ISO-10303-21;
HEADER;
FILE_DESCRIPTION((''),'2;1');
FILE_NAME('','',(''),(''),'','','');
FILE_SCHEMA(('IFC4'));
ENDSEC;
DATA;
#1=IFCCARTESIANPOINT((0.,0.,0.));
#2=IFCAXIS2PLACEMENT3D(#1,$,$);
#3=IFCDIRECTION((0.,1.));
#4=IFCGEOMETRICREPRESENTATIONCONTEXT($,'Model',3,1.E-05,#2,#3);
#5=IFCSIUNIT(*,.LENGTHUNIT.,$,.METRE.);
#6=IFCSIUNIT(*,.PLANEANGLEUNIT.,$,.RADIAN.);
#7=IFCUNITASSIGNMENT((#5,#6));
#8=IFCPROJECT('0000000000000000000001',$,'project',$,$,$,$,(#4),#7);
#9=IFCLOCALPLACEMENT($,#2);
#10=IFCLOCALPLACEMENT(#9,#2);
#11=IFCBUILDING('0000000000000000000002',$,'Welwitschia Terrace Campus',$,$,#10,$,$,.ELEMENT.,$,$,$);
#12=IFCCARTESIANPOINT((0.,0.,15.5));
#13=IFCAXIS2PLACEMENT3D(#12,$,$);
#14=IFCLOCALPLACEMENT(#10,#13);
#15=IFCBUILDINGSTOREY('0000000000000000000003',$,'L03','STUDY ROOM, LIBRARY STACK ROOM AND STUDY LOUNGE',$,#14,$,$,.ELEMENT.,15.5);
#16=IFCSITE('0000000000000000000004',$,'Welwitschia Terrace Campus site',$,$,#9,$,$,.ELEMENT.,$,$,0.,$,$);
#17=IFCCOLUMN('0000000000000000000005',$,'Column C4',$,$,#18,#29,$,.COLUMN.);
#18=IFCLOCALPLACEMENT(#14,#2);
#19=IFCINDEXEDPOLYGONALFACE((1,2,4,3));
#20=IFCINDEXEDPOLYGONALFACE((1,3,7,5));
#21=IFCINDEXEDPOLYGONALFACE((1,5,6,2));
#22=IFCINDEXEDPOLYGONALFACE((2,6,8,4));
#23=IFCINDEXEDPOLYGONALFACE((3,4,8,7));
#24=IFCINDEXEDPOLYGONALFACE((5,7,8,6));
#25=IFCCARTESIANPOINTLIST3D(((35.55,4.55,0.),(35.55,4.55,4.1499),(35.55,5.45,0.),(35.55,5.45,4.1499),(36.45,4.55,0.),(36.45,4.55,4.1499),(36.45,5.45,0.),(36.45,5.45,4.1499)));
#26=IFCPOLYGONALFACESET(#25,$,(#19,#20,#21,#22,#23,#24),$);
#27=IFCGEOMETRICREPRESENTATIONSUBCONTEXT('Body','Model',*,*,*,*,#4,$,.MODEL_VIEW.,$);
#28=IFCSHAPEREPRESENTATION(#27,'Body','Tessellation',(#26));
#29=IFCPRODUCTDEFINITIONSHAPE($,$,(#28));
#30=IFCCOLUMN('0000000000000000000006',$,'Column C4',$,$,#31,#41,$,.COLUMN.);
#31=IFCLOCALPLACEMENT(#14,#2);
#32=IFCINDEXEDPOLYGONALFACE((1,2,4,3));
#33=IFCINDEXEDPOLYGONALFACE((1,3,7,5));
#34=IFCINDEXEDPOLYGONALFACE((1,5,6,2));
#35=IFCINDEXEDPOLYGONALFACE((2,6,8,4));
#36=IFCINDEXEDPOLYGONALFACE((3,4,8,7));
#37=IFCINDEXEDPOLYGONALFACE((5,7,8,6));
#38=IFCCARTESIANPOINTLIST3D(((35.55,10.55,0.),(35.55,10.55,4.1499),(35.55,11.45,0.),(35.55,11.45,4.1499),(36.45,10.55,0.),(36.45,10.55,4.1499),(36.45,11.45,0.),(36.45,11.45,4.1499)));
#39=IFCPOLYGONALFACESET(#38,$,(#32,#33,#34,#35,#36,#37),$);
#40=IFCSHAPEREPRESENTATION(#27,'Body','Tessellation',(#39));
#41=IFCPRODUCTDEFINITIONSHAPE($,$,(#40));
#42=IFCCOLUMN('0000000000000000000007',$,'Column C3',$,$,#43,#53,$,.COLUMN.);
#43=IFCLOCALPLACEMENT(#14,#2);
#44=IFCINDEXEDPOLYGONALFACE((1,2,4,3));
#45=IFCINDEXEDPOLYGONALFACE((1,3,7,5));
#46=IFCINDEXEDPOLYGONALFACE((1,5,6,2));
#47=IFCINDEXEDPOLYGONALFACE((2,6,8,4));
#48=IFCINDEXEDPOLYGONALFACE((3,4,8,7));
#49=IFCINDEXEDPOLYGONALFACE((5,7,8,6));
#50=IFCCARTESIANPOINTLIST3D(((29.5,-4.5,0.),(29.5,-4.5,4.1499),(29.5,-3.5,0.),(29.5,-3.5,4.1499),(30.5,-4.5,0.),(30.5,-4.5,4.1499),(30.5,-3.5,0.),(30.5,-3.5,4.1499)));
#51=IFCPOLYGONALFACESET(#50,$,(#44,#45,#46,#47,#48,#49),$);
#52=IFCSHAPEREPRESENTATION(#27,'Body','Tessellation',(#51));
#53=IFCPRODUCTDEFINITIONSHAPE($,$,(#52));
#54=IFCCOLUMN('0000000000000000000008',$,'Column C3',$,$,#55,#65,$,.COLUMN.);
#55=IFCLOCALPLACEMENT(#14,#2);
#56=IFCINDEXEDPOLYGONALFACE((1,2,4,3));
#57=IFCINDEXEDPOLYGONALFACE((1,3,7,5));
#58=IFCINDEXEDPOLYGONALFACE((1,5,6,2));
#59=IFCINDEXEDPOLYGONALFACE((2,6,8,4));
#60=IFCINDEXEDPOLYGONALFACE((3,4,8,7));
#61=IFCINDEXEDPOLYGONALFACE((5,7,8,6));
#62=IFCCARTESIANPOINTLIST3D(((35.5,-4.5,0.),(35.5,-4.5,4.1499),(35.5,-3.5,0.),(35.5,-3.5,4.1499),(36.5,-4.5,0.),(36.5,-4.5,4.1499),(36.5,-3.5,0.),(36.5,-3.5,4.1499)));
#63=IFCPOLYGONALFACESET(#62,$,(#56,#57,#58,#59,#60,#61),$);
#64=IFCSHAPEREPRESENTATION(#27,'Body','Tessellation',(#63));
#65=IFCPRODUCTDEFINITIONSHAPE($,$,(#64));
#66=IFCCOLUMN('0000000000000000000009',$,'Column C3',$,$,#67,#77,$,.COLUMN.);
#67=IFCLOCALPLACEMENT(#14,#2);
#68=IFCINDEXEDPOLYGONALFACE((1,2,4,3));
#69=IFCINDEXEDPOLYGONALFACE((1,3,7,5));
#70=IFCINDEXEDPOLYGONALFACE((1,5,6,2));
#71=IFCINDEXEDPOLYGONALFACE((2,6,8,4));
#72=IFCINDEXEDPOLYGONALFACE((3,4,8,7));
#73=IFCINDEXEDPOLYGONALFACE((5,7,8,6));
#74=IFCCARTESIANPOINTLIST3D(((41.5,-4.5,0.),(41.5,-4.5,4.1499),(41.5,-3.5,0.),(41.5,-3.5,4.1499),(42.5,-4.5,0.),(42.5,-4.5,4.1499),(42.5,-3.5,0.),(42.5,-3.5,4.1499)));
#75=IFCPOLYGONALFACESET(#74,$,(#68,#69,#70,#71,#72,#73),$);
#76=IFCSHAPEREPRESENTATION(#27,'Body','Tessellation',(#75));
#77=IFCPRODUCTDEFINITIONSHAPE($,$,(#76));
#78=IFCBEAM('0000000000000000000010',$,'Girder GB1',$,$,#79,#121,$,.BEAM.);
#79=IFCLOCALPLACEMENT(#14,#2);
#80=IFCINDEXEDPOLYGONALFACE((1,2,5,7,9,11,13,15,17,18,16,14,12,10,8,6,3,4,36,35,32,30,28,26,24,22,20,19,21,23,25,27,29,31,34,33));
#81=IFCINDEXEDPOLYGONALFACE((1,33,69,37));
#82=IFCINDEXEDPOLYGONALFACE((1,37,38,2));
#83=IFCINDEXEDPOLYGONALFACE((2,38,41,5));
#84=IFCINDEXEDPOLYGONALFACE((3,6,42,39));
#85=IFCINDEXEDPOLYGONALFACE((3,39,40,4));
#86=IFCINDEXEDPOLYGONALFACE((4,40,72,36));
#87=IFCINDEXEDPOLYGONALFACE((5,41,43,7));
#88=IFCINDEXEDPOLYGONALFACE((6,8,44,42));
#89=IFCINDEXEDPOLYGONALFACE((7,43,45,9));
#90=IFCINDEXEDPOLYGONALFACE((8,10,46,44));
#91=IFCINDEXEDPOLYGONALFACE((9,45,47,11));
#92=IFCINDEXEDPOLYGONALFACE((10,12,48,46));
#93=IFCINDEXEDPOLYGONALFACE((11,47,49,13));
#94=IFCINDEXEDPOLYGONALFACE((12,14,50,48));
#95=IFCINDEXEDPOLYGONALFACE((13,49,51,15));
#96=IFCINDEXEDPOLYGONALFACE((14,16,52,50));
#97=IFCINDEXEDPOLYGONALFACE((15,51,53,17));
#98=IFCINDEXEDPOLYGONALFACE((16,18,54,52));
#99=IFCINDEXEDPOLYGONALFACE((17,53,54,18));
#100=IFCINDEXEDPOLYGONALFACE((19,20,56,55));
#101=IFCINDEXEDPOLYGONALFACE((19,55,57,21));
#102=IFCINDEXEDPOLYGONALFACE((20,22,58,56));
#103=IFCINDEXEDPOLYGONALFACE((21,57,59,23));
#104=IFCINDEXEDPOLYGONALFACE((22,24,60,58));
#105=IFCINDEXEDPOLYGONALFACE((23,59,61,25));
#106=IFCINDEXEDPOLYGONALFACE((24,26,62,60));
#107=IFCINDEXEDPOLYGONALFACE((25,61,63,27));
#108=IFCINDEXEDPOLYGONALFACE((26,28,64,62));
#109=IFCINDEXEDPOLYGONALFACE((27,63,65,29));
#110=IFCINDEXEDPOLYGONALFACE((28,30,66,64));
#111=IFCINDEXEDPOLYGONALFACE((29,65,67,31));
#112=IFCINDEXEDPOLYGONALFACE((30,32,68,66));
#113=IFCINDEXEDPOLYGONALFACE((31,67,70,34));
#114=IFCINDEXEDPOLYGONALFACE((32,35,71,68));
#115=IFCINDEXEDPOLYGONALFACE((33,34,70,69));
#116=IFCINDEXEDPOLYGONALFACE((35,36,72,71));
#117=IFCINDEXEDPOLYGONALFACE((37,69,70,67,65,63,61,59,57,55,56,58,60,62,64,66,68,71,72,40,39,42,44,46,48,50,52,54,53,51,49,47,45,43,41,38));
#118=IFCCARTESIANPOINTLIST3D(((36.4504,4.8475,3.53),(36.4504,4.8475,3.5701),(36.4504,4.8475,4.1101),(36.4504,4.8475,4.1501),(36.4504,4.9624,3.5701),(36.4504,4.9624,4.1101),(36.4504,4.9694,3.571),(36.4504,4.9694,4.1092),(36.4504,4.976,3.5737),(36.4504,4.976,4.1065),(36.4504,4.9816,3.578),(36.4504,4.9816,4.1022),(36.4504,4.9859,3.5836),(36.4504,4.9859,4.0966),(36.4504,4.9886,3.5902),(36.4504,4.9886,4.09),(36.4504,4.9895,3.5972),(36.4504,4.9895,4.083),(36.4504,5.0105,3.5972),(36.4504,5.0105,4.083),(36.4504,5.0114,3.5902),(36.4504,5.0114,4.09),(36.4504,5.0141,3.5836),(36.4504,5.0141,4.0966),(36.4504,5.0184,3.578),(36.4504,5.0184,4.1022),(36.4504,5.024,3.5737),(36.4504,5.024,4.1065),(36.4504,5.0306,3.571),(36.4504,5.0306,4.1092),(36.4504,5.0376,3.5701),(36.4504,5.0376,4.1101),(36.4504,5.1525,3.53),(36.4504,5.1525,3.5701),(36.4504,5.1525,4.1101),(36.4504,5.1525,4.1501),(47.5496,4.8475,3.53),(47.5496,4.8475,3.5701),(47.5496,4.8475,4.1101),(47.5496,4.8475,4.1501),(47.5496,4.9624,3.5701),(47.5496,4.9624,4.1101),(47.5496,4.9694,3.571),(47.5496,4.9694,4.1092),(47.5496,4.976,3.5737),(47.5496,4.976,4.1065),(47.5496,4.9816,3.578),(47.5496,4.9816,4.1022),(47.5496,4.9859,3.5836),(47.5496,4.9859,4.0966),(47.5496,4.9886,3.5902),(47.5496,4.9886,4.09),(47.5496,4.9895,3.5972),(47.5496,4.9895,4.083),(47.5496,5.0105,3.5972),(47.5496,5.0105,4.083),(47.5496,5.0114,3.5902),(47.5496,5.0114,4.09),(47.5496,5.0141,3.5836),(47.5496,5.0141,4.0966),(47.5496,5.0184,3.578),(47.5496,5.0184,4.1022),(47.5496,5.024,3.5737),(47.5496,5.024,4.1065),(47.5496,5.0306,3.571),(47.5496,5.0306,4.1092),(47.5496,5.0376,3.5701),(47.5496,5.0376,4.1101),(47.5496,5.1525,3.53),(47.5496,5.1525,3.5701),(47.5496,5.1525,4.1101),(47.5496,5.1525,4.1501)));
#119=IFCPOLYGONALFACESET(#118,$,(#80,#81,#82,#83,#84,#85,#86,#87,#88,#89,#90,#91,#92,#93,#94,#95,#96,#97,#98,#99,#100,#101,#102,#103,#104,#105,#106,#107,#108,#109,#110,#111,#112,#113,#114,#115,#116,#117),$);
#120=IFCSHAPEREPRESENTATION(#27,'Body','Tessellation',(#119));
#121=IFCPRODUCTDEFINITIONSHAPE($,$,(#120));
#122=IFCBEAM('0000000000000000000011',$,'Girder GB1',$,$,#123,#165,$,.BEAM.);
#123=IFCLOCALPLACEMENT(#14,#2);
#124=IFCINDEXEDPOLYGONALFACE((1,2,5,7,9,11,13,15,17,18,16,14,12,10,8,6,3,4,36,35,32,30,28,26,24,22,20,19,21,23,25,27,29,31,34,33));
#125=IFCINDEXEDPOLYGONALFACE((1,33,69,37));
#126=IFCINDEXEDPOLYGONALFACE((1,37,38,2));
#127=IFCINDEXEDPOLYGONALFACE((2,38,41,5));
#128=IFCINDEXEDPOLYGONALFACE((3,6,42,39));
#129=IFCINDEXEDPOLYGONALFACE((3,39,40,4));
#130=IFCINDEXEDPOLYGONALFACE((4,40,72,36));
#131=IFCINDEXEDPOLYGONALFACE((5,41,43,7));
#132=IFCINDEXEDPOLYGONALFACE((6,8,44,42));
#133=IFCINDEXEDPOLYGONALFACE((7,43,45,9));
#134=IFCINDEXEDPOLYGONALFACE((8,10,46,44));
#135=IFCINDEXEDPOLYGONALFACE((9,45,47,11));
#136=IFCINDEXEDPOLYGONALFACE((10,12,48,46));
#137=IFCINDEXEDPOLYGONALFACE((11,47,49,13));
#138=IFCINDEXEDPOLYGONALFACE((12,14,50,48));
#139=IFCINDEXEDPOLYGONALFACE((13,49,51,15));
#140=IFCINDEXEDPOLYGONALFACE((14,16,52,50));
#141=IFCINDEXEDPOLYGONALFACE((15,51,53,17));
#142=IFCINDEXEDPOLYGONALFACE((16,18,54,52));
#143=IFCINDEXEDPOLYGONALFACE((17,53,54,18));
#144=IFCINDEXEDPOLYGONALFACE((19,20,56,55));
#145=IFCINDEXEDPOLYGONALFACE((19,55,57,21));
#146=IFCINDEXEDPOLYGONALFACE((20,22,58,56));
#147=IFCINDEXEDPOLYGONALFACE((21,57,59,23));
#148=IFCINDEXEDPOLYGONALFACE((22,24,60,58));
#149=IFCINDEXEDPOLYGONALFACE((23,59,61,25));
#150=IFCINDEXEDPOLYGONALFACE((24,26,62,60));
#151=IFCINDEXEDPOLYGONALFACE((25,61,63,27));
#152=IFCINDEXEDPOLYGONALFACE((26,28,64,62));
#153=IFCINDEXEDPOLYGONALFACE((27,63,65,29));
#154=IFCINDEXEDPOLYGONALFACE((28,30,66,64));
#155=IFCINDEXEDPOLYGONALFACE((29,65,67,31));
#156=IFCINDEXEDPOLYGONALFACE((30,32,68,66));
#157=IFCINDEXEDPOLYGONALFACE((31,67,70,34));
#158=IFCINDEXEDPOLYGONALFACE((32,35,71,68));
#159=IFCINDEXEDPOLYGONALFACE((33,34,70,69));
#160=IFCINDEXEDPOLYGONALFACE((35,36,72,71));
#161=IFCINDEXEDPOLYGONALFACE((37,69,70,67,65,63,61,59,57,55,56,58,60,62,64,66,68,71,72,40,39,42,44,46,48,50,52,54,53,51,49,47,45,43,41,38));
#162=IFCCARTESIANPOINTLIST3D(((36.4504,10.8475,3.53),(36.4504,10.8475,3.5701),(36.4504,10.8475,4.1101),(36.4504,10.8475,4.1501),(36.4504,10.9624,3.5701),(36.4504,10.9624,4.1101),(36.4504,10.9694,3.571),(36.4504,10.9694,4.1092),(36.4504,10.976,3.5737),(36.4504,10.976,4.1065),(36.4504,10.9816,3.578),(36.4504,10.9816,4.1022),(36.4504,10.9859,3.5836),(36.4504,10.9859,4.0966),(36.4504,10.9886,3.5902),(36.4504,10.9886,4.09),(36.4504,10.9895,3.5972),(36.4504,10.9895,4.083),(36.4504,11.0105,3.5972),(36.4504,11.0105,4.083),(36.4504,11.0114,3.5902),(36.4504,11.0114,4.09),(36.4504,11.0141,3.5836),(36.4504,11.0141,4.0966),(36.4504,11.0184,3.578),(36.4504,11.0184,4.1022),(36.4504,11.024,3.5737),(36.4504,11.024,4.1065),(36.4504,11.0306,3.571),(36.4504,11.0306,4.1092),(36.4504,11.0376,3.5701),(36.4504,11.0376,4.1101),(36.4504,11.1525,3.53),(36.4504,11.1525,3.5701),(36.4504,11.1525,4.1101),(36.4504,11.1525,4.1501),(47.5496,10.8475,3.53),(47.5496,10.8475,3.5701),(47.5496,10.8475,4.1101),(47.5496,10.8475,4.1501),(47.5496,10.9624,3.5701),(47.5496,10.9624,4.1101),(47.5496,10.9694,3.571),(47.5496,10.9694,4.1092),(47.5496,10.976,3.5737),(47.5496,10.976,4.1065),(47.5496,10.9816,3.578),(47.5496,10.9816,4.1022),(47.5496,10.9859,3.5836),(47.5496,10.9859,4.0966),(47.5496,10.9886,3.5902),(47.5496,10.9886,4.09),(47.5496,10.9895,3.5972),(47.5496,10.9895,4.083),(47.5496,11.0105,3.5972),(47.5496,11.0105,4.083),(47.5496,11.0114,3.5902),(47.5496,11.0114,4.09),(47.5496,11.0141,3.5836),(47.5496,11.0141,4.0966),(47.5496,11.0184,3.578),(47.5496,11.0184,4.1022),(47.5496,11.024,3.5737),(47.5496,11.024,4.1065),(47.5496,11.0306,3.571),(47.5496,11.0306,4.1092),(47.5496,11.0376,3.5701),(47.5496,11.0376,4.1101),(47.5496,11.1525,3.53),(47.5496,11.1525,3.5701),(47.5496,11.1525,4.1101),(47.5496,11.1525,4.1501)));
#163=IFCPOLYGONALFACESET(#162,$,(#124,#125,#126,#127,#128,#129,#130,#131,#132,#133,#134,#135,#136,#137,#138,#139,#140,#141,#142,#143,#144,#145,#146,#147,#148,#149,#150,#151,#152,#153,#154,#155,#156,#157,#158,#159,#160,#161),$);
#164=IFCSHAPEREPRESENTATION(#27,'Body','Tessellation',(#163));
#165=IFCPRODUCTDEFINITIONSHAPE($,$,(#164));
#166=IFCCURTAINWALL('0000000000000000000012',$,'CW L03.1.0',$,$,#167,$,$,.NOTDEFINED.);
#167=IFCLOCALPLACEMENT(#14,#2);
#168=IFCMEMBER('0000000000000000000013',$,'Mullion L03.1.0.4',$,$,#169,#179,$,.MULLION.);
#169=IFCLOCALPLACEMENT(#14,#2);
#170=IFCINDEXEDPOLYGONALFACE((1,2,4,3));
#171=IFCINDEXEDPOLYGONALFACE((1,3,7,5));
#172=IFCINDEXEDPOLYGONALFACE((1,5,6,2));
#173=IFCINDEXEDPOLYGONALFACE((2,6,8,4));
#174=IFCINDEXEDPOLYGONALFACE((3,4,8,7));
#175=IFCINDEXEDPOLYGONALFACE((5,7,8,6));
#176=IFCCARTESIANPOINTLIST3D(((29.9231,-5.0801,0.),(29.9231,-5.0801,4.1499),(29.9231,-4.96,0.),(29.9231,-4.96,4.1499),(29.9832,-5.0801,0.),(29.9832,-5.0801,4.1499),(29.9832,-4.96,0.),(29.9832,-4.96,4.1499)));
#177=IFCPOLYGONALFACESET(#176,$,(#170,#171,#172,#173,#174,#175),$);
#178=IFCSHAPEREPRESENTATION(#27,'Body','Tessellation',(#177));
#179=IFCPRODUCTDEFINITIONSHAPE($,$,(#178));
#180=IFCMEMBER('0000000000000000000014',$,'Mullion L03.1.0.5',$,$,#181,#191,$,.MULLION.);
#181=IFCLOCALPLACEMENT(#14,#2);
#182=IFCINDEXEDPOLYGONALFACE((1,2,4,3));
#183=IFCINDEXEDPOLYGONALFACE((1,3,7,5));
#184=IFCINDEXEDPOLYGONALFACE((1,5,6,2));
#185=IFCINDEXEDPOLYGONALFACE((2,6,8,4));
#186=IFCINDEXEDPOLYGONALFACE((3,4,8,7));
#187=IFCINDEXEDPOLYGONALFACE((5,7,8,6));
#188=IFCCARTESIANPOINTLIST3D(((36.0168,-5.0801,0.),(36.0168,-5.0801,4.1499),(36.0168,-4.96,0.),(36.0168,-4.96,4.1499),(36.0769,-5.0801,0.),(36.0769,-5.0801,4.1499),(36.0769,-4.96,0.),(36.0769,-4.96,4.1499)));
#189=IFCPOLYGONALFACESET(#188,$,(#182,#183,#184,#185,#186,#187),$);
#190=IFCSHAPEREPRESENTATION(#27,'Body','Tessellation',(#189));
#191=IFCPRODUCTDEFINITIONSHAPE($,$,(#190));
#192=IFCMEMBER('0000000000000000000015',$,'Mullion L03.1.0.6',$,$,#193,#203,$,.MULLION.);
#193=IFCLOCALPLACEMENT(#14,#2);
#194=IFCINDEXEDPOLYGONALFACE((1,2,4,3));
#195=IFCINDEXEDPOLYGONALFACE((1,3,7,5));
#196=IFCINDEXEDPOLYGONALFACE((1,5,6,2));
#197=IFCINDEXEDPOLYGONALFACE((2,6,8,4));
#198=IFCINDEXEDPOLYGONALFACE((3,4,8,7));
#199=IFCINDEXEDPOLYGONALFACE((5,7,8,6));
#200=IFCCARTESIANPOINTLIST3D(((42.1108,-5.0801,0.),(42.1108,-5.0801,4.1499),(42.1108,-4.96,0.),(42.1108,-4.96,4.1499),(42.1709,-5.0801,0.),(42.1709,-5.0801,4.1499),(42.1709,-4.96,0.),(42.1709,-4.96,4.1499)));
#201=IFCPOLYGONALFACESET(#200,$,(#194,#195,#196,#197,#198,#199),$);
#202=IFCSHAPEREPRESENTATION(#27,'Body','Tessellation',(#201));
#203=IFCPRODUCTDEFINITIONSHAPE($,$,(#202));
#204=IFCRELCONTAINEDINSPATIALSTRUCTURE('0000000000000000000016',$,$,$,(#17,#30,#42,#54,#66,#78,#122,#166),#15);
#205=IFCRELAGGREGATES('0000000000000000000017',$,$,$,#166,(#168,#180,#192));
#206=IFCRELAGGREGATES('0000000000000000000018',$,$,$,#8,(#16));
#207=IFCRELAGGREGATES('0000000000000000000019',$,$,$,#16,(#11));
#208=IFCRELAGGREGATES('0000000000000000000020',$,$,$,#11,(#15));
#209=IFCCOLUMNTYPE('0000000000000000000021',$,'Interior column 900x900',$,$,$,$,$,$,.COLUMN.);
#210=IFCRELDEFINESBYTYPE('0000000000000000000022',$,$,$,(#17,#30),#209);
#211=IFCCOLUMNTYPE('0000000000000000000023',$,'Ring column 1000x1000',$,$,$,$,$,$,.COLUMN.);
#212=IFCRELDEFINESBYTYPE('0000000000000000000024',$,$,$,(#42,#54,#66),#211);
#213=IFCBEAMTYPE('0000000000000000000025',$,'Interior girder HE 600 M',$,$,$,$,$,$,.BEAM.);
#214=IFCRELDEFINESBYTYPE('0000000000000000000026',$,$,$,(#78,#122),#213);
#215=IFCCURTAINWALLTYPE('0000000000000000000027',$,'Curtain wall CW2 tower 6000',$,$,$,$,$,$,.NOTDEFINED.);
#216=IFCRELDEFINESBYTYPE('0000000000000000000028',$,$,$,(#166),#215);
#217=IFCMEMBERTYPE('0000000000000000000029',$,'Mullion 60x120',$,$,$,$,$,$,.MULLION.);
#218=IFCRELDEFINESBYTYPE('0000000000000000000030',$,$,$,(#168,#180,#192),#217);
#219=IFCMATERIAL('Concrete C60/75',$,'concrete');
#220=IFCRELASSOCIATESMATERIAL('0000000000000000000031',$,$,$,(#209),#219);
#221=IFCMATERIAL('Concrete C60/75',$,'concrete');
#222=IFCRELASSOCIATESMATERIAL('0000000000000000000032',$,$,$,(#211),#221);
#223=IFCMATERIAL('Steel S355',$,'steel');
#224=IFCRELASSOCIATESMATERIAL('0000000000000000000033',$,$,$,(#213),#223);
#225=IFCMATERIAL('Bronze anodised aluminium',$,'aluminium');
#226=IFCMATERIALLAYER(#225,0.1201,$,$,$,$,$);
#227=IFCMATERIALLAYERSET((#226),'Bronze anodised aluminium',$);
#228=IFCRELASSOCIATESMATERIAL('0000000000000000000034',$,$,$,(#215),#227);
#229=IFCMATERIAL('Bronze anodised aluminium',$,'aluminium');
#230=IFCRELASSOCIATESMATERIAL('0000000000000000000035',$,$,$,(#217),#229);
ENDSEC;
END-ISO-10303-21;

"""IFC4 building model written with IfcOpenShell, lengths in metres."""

from ifc_helpers import new_model, si_unit, direction, frame, origin, origin_2d, place, context, subcontext, project, spatial, rectangle, i_section, extrude, material, layer, layer_set, material_profile, profile_set, type_object, element, aggregate, save


model = new_model("IFC4")

# Units and contexts
model_context = context("Model", 3, precision=1e-05, world=origin(), true_north=direction((0.0, 1.0)))
body_context = subcontext(model_context, "Body", "Model", "MODEL_VIEW")
ifc_project = project(units=[si_unit("LENGTHUNIT", "METRE"), si_unit("PLANEANGLEUNIT", "RADIAN")], contexts=[model_context])

# Site, building, storey
site_placement = place(None, origin())
site = spatial("IfcSite", under=ifc_project, at=site_placement, Name="Welwitschia Terrace Campus site", CompositionType="ELEMENT", RefElevation=0.0)
building_placement = place(site_placement, origin())
building = spatial("IfcBuilding", under=site, at=building_placement, Name="Welwitschia Terrace Campus", CompositionType="ELEMENT")
storey_placement = place(building_placement, frame((0.0, 0.0, 15.5)))
storey = spatial("IfcBuildingStorey", under=building, at=storey_placement, Name="L03", Description="STUDY ROOM, LIBRARY STACK ROOM AND STUDY LOUNGE", CompositionType="ELEMENT", Elevation=15.5)

# Columns
ifc_material_1 = material(Name="Concrete C60/75", Category="concrete")
ifc_material_profile_1 = material_profile(ifc_material_1, rectangle(XDim=0.8999, YDim=0.8999, at=origin_2d()))
ifc_profile_set_1 = profile_set([ifc_material_profile_1], Name="Concrete C60/75")
column_type_1 = type_object("IfcColumnType", Name="Interior column 900x900", PredefinedType="COLUMN", material=ifc_profile_set_1)
for number, where, z_axis, x_axis, name in (
    (1, (36.0, 5.0, 0.0), (0.0, 0.0, 1.0), (1.0, 0.0, 0.0), "Column C4"),
    (2, (36.0, 11.0, 0.0), (0.0, 0.0, 1.0), (1.0, 0.0, 0.0), "Column C4"),
):
    element("IfcColumn", number, at=place(storey_placement, frame(where, z_axis=z_axis, x_axis=x_axis)), inside=storey, type_object=column_type_1, Name=name, PredefinedType="COLUMN", context=body_context, shape_type="SweptSolid", body=[
        extrude(rectangle(XDim=0.8999, YDim=0.8999, at=origin_2d()), origin(), (0.0, 0.0, 1.0), 4.1499),
    ])
ifc_material_2 = material(Name="Concrete C60/75", Category="concrete")
ifc_material_profile_2 = material_profile(ifc_material_2, rectangle(XDim=1.0, YDim=1.0, at=origin_2d()))
ifc_profile_set_2 = profile_set([ifc_material_profile_2], Name="Concrete C60/75")
column_type_2 = type_object("IfcColumnType", Name="Ring column 1000x1000", PredefinedType="COLUMN", material=ifc_profile_set_2)
for number, where, z_axis, x_axis, name in (
    (3, (30.0, -4.0, 0.0), (0.0, 0.0, 1.0), (1.0, 0.0, 0.0), "Column C3"),
    (4, (36.0, -4.0, 0.0), (0.0, 0.0, 1.0), (1.0, 0.0, 0.0), "Column C3"),
    (5, (42.0, -4.0, 0.0), (0.0, 0.0, 1.0), (1.0, 0.0, 0.0), "Column C3"),
):
    element("IfcColumn", number, at=place(storey_placement, frame(where, z_axis=z_axis, x_axis=x_axis)), inside=storey, type_object=column_type_2, Name=name, PredefinedType="COLUMN", context=body_context, shape_type="SweptSolid", body=[
        extrude(rectangle(XDim=1.0, YDim=1.0, at=origin_2d()), origin(), (0.0, 0.0, 1.0), 4.1499),
    ])

# Beams
ifc_material_3 = material(Name="Steel S355", Category="steel")
ifc_material_profile_3 = material_profile(ifc_material_3, i_section(OverallWidth=0.3049, OverallDepth=0.6201, WebThickness=0.021, FlangeThickness=0.04, FilletRadius=0.0271, at=origin_2d()))
ifc_profile_set_3 = profile_set([ifc_material_profile_3], Name="Steel S355")
beam_type_1 = type_object("IfcBeamType", Name="Interior girder HE 600 M", PredefinedType="BEAM", material=ifc_profile_set_3)
for number, where, z_axis, x_axis, name in (
    (6, (36.4504, 5.0, 3.8401), (1.0, 0.0, 0.0), (0.0, 1.0, 0.0), "Girder GB1"),
    (7, (36.4504, 11.0, 3.8401), (1.0, 0.0, 0.0), (0.0, 1.0, 0.0), "Girder GB1"),
):
    element("IfcBeam", number, at=place(storey_placement, frame(where, z_axis=z_axis, x_axis=x_axis)), inside=storey, type_object=beam_type_1, Name=name, PredefinedType="BEAM", context=body_context, shape_type="SweptSolid", body=[
        extrude(i_section(OverallWidth=0.3049, OverallDepth=0.6201, WebThickness=0.021, FlangeThickness=0.04, FilletRadius=0.0271, at=origin_2d()), origin(), (0.0, 0.0, 1.0), 11.0991),
    ])

# Curtain wall, members
ifc_material_4 = material(Name="Bronze anodised aluminium", Category="aluminium")
ifc_layer_1 = layer(ifc_material_4, 0.1201)
ifc_layer_set_1 = layer_set([ifc_layer_1], Name="Bronze anodised aluminium")
curtain_wall_type = type_object("IfcCurtainWallType", Name="Curtain wall CW2 tower 6000", PredefinedType="NOTDEFINED", material=ifc_layer_set_1)
curtain_wall_placement = place(storey_placement, origin())
curtain_wall = element("IfcCurtainWall", 8, at=curtain_wall_placement, inside=storey, type_object=curtain_wall_type, Name="CW L03.1.0", PredefinedType="NOTDEFINED")
ifc_material_5 = material(Name="Bronze anodised aluminium", Category="aluminium")
ifc_material_profile_4 = material_profile(ifc_material_5, rectangle(XDim=0.1201, YDim=0.0601, at=origin_2d()))
ifc_profile_set_4 = profile_set([ifc_material_profile_4], Name="Bronze anodised aluminium")
member_type = type_object("IfcMemberType", Name="Mullion 60x120", PredefinedType="MULLION", material=ifc_profile_set_4)
member_1_placement = place(storey_placement, frame((29.9531, -5.02, 0.0), z_axis=(0.0, 0.0, 1.0), x_axis=(0.0, 1.0, 0.0)))
member_1 = element("IfcMember", 9, at=member_1_placement, type_object=member_type, Name="Mullion L03.1.0.4", PredefinedType="MULLION", context=body_context, shape_type="SweptSolid", body=[
    extrude(rectangle(XDim=0.1201, YDim=0.0601, at=origin_2d()), origin(), (0.0, 0.0, 1.0), 4.1499),
])
member_2_placement = place(storey_placement, frame((36.0469, -5.02, 0.0), z_axis=(0.0, 0.0, 1.0), x_axis=(0.0, 1.0, 0.0)))
member_2 = element("IfcMember", 10, at=member_2_placement, type_object=member_type, Name="Mullion L03.1.0.5", PredefinedType="MULLION", context=body_context, shape_type="SweptSolid", body=[
    extrude(rectangle(XDim=0.1201, YDim=0.0601, at=origin_2d()), origin(), (0.0, 0.0, 1.0), 4.1499),
])
member_3_placement = place(storey_placement, frame((42.1409, -5.02, 0.0), z_axis=(0.0, 0.0, 1.0), x_axis=(0.0, 1.0, 0.0)))
member_3 = element("IfcMember", 11, at=member_3_placement, type_object=member_type, Name="Mullion L03.1.0.6", PredefinedType="MULLION", context=body_context, shape_type="SweptSolid", body=[
    extrude(rectangle(XDim=0.1201, YDim=0.0601, at=origin_2d()), origin(), (0.0, 0.0, 1.0), 4.1499),
])

aggregate(curtain_wall, [member_1, member_2, member_3])

save(model, "model.ifc")
